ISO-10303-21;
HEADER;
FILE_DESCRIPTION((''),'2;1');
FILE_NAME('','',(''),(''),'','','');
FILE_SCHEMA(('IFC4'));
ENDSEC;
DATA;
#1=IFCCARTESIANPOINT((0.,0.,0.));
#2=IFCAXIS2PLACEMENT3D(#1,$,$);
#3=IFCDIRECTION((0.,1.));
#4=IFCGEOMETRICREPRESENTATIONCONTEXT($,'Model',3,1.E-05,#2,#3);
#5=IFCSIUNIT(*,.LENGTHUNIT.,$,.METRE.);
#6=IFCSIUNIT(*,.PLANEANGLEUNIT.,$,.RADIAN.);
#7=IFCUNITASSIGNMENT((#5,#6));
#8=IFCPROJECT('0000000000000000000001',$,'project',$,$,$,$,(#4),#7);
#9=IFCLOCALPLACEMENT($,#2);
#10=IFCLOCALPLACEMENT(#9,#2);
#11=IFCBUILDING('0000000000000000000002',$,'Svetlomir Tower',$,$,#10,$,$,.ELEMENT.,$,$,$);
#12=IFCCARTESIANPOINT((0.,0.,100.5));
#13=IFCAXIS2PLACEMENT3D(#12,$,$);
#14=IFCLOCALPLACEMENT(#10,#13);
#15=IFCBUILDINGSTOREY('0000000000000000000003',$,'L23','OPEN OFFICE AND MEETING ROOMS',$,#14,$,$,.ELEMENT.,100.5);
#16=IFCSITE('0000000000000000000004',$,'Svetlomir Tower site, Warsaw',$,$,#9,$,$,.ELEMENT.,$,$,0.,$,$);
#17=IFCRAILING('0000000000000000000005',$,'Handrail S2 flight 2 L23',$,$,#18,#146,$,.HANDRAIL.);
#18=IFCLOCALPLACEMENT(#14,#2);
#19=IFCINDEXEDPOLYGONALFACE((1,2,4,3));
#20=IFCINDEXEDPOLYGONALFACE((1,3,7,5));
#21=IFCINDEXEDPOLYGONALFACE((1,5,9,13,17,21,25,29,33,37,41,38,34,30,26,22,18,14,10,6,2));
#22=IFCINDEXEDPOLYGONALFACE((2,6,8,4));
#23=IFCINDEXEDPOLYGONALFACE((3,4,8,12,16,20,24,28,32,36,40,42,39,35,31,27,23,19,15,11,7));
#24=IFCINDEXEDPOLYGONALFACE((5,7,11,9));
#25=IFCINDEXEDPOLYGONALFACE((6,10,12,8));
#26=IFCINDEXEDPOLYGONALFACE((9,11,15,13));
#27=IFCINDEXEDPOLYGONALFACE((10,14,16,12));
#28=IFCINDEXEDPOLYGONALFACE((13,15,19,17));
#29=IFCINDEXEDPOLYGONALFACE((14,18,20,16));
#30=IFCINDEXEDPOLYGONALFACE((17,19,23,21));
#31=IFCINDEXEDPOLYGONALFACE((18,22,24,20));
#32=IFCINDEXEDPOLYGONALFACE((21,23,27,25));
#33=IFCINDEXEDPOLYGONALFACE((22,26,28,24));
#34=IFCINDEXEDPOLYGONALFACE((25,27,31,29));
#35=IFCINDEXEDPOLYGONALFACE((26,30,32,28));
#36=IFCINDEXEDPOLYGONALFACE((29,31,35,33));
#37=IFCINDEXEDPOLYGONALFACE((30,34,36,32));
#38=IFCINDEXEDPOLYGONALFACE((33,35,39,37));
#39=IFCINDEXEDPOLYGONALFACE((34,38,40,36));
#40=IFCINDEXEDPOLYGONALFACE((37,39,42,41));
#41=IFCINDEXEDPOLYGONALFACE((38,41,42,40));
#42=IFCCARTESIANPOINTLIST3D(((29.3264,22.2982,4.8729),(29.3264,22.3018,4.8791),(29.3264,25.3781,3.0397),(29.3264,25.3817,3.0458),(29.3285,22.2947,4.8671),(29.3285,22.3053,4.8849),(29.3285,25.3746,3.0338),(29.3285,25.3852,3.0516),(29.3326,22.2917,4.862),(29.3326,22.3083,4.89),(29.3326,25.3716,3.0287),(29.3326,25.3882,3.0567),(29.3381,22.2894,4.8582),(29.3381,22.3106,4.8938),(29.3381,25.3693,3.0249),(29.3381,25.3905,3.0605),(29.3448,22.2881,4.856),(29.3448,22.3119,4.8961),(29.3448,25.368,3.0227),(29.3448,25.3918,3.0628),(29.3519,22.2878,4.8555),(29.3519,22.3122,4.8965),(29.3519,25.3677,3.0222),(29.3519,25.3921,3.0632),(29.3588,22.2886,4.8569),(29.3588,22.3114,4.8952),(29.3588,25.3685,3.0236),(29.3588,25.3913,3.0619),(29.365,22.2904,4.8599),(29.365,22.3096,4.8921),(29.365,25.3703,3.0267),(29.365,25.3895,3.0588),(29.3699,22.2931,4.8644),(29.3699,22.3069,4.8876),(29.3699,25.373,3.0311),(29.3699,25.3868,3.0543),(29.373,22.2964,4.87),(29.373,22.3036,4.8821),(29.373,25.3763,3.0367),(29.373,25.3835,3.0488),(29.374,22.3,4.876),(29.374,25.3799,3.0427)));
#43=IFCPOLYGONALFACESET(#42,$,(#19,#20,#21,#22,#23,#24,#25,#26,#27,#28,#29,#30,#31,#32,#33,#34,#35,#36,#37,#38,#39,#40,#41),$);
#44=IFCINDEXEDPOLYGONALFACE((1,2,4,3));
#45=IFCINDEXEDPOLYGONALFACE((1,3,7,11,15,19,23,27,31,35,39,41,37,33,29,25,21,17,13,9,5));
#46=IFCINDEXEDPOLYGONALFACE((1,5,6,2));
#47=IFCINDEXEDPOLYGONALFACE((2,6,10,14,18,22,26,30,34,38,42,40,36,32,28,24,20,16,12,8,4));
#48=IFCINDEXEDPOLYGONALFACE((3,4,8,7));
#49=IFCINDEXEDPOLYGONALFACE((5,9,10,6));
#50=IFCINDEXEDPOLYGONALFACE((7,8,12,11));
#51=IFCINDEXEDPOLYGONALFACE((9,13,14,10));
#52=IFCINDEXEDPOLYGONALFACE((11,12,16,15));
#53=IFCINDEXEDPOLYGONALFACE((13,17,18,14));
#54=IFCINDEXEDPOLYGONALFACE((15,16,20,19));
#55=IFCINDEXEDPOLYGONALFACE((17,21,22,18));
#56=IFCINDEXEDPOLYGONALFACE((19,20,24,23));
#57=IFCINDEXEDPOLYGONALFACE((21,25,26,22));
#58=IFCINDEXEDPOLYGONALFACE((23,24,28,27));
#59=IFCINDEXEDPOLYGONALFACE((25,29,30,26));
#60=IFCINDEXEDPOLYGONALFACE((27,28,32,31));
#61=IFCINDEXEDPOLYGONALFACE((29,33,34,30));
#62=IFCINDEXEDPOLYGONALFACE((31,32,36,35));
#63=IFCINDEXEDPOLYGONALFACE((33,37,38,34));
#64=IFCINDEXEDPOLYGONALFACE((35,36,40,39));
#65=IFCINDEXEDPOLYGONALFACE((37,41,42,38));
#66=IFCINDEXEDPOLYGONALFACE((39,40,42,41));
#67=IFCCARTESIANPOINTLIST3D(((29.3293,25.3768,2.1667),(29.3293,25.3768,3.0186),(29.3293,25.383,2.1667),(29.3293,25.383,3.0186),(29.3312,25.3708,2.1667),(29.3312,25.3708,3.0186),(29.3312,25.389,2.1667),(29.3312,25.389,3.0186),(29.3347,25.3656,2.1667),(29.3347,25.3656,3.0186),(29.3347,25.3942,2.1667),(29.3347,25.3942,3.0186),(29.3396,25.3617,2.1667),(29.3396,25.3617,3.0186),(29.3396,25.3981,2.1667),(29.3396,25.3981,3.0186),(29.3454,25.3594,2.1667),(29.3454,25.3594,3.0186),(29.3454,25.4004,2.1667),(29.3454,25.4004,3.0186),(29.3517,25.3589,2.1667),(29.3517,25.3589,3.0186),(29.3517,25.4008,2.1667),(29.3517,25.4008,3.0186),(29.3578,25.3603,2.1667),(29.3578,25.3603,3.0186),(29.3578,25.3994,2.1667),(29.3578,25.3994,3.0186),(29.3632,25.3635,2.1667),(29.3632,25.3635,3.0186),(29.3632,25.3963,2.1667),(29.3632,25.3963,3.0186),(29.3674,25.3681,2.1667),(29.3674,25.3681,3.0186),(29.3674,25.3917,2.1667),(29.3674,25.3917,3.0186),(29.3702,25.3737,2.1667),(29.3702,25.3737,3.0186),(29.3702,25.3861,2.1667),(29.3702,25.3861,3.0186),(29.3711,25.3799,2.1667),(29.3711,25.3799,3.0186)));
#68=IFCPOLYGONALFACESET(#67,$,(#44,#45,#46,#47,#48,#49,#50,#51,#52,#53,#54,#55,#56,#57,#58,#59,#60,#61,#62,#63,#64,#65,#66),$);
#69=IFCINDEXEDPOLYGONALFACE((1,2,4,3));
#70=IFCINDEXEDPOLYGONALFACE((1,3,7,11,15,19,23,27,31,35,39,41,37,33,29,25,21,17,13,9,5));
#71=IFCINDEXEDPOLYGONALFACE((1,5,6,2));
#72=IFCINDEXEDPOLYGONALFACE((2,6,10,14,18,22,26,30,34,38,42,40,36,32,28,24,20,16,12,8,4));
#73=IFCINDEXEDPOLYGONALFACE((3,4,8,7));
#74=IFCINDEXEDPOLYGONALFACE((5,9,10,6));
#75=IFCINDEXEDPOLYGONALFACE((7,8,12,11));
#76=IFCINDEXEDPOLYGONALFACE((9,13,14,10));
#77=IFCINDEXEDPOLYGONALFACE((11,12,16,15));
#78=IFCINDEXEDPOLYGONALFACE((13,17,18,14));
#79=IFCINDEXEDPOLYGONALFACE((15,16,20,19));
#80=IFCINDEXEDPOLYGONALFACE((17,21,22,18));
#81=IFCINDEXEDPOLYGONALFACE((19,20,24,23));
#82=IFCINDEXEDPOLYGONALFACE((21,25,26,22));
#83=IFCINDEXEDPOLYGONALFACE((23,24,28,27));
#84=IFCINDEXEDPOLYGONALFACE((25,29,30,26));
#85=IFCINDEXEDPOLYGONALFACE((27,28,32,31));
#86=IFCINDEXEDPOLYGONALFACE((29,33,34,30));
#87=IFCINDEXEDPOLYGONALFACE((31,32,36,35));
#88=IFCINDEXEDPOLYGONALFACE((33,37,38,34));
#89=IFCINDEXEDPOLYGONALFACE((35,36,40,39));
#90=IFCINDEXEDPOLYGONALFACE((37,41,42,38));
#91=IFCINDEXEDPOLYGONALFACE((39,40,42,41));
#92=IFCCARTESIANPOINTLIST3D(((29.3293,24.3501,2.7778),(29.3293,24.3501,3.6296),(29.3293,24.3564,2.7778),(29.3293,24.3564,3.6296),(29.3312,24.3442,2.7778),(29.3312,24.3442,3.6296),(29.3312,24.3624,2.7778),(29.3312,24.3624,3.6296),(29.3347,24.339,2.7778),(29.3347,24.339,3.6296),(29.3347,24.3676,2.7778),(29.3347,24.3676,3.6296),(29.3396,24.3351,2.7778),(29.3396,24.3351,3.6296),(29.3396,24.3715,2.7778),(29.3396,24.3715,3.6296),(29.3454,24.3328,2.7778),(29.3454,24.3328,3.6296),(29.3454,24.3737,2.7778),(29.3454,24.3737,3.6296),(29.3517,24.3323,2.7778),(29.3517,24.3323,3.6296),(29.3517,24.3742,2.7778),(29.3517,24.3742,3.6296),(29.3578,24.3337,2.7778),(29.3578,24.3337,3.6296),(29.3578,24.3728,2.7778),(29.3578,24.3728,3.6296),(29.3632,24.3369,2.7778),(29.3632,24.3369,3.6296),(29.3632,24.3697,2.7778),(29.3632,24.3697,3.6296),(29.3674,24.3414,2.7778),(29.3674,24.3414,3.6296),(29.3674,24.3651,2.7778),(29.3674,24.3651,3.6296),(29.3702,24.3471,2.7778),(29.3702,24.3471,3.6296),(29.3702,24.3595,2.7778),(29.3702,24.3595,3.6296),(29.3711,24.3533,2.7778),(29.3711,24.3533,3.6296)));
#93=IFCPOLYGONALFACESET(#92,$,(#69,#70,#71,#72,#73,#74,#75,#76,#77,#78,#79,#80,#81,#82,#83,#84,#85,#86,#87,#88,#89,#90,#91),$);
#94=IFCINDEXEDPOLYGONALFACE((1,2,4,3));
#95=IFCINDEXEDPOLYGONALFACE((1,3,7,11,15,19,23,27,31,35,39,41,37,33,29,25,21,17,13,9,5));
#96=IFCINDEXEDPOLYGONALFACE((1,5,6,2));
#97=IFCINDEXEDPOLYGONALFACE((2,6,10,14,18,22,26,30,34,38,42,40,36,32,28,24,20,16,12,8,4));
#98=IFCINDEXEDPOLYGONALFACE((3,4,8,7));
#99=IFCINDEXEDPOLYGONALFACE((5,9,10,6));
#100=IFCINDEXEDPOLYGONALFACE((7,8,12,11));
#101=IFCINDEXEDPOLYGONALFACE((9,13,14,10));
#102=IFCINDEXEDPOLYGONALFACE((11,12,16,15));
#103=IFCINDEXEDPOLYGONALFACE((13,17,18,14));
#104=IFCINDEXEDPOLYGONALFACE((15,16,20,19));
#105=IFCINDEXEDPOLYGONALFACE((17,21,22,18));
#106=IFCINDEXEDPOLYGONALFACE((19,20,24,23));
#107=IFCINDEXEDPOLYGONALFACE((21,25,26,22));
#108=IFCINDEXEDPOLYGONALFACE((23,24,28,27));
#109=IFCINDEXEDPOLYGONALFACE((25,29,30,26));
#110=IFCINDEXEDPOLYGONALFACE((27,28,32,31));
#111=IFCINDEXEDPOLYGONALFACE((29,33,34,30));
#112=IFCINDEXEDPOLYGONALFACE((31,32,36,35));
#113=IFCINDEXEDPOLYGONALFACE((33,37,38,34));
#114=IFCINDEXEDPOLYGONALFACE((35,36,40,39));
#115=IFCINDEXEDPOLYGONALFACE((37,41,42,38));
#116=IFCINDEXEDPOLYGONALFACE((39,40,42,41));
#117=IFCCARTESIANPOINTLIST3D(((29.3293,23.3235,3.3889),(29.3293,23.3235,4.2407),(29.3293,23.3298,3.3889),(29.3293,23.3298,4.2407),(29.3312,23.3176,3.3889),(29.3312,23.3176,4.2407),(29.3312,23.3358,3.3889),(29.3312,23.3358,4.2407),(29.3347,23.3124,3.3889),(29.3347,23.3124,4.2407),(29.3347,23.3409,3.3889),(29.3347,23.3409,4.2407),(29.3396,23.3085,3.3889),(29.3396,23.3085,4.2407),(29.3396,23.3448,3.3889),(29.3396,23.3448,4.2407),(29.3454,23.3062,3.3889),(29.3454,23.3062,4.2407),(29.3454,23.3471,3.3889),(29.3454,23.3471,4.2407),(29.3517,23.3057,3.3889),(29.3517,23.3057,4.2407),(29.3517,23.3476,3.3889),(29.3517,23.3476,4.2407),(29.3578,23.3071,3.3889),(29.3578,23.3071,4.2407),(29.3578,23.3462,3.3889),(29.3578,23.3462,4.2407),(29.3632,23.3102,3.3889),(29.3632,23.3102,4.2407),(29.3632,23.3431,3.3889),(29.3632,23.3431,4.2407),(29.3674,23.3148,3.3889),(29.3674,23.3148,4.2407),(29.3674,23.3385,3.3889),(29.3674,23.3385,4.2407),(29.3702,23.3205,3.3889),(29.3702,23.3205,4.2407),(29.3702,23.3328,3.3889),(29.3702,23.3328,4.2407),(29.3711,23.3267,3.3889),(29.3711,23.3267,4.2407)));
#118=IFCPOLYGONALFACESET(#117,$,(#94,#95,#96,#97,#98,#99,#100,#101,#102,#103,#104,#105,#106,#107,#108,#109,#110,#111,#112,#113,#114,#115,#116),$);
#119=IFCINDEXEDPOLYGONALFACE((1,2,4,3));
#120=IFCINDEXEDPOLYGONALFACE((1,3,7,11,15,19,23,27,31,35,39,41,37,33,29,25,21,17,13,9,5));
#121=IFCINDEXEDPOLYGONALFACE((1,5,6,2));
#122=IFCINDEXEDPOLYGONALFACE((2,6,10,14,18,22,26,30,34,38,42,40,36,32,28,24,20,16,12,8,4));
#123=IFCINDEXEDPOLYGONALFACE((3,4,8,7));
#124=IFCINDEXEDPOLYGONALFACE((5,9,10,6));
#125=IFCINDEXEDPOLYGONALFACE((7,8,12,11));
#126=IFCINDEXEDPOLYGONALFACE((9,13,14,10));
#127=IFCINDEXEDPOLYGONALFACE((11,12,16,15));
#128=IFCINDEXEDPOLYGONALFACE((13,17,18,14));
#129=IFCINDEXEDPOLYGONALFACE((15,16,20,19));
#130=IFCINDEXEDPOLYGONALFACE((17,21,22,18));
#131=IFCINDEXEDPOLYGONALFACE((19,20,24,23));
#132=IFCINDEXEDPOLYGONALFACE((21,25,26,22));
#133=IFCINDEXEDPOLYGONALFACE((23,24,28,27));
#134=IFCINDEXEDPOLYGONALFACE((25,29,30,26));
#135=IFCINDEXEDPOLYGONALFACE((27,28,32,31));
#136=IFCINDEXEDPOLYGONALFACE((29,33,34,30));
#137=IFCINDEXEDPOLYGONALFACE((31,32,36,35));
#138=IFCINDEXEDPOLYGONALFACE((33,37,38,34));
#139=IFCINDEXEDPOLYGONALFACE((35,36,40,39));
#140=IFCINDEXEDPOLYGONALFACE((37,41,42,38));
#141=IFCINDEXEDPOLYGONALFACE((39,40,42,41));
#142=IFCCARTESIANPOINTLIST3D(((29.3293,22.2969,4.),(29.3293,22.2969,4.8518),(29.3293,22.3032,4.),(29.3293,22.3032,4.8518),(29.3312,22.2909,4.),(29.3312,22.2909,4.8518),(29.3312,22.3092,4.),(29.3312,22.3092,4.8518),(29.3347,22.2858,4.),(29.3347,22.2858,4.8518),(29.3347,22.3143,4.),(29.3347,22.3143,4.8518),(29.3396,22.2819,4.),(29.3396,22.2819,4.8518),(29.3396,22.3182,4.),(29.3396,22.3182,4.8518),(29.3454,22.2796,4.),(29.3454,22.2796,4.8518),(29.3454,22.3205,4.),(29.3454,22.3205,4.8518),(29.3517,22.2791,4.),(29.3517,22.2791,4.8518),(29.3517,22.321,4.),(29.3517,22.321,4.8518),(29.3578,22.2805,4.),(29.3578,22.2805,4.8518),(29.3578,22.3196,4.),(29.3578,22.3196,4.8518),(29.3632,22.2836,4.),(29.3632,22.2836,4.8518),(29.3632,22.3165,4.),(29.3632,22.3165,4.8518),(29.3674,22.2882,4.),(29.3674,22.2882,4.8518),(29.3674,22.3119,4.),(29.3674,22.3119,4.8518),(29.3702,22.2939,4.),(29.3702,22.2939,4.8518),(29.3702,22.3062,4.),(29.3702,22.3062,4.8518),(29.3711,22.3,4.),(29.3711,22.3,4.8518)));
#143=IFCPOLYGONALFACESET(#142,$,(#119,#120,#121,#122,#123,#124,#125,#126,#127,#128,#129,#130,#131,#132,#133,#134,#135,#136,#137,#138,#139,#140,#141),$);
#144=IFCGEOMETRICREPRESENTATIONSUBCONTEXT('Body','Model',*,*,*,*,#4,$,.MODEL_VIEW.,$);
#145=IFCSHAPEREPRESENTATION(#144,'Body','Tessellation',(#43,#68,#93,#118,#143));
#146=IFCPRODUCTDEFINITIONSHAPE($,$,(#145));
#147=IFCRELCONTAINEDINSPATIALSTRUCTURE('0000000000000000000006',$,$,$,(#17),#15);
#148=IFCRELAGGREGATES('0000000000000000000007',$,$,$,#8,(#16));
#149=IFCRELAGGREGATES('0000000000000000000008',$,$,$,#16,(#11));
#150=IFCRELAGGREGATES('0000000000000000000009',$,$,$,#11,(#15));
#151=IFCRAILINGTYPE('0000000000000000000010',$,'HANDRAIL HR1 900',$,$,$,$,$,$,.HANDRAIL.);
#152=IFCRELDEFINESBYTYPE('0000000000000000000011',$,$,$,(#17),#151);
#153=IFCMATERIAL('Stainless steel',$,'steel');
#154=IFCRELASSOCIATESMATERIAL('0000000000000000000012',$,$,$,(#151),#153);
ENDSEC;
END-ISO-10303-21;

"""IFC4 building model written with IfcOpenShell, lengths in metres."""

from ifc_helpers import new_model, si_unit, direction, frame, origin, origin_2d, place, context, subcontext, project, spatial, circle, extrude, material, type_object, element, save


model = new_model("IFC4")

# Units and contexts
model_context = context("Model", 3, precision=1e-05, world=origin(), true_north=direction((0.0, 1.0)))
body_context = subcontext(model_context, "Body", "Model", "MODEL_VIEW")
ifc_project = project(units=[si_unit("LENGTHUNIT", "METRE"), si_unit("PLANEANGLEUNIT", "RADIAN")], contexts=[model_context])

# Site, building, storey
site_placement = place(None, origin())
site = spatial("IfcSite", under=ifc_project, at=site_placement, Name="Svetlomir Tower site, Warsaw", CompositionType="ELEMENT", RefElevation=0.0)
building_placement = place(site_placement, origin())
building = spatial("IfcBuilding", under=site, at=building_placement, Name="Svetlomir Tower", CompositionType="ELEMENT")
storey_placement = place(building_placement, frame((0.0, 0.0, 100.5)))
storey = spatial("IfcBuildingStorey", under=building, at=storey_placement, Name="L23", Description="OPEN OFFICE AND MEETING ROOMS", CompositionType="ELEMENT", Elevation=100.5)

# Railing
ifc_material_1 = material(Name="Stainless steel", Category="steel")
railing_type = type_object("IfcRailingType", Name="HANDRAIL HR1 900", PredefinedType="HANDRAIL", material=ifc_material_1)
railing_1_placement = place(storey_placement, frame((29.3501, 25.3799, 2.1667)))
element("IfcRailing", 1, at=railing_1_placement, inside=storey, type_object=railing_type, Name="Handrail S2 flight 2 L23", PredefinedType="HANDRAIL", context=body_context, shape_type="SweptSolid", body=[
    extrude(circle(Radius=0.0239, at=origin_2d()), frame((0.0, 0.0, 0.876), z_axis=(0.0, -0.859291, 0.511487), x_axis=(1.0, 0.0, 0.0)), (0.0, 0.0, 1.0), 3.5842),
    extrude(circle(Radius=0.021, at=origin_2d()), origin(), (0.0, 0.0, 1.0), 0.8518),
    extrude(circle(Radius=0.021, at=origin_2d()), frame((0.0, -1.0266, 0.6111)), (0.0, 0.0, 1.0), 0.8518),
    extrude(circle(Radius=0.021, at=origin_2d()), frame((0.0, -2.0532, 1.2222)), (0.0, 0.0, 1.0), 0.8518),
    extrude(circle(Radius=0.021, at=origin_2d()), frame((0.0, -3.0798, 1.8333)), (0.0, 0.0, 1.0), 0.8518),
])

save(model, "model.ifc")
